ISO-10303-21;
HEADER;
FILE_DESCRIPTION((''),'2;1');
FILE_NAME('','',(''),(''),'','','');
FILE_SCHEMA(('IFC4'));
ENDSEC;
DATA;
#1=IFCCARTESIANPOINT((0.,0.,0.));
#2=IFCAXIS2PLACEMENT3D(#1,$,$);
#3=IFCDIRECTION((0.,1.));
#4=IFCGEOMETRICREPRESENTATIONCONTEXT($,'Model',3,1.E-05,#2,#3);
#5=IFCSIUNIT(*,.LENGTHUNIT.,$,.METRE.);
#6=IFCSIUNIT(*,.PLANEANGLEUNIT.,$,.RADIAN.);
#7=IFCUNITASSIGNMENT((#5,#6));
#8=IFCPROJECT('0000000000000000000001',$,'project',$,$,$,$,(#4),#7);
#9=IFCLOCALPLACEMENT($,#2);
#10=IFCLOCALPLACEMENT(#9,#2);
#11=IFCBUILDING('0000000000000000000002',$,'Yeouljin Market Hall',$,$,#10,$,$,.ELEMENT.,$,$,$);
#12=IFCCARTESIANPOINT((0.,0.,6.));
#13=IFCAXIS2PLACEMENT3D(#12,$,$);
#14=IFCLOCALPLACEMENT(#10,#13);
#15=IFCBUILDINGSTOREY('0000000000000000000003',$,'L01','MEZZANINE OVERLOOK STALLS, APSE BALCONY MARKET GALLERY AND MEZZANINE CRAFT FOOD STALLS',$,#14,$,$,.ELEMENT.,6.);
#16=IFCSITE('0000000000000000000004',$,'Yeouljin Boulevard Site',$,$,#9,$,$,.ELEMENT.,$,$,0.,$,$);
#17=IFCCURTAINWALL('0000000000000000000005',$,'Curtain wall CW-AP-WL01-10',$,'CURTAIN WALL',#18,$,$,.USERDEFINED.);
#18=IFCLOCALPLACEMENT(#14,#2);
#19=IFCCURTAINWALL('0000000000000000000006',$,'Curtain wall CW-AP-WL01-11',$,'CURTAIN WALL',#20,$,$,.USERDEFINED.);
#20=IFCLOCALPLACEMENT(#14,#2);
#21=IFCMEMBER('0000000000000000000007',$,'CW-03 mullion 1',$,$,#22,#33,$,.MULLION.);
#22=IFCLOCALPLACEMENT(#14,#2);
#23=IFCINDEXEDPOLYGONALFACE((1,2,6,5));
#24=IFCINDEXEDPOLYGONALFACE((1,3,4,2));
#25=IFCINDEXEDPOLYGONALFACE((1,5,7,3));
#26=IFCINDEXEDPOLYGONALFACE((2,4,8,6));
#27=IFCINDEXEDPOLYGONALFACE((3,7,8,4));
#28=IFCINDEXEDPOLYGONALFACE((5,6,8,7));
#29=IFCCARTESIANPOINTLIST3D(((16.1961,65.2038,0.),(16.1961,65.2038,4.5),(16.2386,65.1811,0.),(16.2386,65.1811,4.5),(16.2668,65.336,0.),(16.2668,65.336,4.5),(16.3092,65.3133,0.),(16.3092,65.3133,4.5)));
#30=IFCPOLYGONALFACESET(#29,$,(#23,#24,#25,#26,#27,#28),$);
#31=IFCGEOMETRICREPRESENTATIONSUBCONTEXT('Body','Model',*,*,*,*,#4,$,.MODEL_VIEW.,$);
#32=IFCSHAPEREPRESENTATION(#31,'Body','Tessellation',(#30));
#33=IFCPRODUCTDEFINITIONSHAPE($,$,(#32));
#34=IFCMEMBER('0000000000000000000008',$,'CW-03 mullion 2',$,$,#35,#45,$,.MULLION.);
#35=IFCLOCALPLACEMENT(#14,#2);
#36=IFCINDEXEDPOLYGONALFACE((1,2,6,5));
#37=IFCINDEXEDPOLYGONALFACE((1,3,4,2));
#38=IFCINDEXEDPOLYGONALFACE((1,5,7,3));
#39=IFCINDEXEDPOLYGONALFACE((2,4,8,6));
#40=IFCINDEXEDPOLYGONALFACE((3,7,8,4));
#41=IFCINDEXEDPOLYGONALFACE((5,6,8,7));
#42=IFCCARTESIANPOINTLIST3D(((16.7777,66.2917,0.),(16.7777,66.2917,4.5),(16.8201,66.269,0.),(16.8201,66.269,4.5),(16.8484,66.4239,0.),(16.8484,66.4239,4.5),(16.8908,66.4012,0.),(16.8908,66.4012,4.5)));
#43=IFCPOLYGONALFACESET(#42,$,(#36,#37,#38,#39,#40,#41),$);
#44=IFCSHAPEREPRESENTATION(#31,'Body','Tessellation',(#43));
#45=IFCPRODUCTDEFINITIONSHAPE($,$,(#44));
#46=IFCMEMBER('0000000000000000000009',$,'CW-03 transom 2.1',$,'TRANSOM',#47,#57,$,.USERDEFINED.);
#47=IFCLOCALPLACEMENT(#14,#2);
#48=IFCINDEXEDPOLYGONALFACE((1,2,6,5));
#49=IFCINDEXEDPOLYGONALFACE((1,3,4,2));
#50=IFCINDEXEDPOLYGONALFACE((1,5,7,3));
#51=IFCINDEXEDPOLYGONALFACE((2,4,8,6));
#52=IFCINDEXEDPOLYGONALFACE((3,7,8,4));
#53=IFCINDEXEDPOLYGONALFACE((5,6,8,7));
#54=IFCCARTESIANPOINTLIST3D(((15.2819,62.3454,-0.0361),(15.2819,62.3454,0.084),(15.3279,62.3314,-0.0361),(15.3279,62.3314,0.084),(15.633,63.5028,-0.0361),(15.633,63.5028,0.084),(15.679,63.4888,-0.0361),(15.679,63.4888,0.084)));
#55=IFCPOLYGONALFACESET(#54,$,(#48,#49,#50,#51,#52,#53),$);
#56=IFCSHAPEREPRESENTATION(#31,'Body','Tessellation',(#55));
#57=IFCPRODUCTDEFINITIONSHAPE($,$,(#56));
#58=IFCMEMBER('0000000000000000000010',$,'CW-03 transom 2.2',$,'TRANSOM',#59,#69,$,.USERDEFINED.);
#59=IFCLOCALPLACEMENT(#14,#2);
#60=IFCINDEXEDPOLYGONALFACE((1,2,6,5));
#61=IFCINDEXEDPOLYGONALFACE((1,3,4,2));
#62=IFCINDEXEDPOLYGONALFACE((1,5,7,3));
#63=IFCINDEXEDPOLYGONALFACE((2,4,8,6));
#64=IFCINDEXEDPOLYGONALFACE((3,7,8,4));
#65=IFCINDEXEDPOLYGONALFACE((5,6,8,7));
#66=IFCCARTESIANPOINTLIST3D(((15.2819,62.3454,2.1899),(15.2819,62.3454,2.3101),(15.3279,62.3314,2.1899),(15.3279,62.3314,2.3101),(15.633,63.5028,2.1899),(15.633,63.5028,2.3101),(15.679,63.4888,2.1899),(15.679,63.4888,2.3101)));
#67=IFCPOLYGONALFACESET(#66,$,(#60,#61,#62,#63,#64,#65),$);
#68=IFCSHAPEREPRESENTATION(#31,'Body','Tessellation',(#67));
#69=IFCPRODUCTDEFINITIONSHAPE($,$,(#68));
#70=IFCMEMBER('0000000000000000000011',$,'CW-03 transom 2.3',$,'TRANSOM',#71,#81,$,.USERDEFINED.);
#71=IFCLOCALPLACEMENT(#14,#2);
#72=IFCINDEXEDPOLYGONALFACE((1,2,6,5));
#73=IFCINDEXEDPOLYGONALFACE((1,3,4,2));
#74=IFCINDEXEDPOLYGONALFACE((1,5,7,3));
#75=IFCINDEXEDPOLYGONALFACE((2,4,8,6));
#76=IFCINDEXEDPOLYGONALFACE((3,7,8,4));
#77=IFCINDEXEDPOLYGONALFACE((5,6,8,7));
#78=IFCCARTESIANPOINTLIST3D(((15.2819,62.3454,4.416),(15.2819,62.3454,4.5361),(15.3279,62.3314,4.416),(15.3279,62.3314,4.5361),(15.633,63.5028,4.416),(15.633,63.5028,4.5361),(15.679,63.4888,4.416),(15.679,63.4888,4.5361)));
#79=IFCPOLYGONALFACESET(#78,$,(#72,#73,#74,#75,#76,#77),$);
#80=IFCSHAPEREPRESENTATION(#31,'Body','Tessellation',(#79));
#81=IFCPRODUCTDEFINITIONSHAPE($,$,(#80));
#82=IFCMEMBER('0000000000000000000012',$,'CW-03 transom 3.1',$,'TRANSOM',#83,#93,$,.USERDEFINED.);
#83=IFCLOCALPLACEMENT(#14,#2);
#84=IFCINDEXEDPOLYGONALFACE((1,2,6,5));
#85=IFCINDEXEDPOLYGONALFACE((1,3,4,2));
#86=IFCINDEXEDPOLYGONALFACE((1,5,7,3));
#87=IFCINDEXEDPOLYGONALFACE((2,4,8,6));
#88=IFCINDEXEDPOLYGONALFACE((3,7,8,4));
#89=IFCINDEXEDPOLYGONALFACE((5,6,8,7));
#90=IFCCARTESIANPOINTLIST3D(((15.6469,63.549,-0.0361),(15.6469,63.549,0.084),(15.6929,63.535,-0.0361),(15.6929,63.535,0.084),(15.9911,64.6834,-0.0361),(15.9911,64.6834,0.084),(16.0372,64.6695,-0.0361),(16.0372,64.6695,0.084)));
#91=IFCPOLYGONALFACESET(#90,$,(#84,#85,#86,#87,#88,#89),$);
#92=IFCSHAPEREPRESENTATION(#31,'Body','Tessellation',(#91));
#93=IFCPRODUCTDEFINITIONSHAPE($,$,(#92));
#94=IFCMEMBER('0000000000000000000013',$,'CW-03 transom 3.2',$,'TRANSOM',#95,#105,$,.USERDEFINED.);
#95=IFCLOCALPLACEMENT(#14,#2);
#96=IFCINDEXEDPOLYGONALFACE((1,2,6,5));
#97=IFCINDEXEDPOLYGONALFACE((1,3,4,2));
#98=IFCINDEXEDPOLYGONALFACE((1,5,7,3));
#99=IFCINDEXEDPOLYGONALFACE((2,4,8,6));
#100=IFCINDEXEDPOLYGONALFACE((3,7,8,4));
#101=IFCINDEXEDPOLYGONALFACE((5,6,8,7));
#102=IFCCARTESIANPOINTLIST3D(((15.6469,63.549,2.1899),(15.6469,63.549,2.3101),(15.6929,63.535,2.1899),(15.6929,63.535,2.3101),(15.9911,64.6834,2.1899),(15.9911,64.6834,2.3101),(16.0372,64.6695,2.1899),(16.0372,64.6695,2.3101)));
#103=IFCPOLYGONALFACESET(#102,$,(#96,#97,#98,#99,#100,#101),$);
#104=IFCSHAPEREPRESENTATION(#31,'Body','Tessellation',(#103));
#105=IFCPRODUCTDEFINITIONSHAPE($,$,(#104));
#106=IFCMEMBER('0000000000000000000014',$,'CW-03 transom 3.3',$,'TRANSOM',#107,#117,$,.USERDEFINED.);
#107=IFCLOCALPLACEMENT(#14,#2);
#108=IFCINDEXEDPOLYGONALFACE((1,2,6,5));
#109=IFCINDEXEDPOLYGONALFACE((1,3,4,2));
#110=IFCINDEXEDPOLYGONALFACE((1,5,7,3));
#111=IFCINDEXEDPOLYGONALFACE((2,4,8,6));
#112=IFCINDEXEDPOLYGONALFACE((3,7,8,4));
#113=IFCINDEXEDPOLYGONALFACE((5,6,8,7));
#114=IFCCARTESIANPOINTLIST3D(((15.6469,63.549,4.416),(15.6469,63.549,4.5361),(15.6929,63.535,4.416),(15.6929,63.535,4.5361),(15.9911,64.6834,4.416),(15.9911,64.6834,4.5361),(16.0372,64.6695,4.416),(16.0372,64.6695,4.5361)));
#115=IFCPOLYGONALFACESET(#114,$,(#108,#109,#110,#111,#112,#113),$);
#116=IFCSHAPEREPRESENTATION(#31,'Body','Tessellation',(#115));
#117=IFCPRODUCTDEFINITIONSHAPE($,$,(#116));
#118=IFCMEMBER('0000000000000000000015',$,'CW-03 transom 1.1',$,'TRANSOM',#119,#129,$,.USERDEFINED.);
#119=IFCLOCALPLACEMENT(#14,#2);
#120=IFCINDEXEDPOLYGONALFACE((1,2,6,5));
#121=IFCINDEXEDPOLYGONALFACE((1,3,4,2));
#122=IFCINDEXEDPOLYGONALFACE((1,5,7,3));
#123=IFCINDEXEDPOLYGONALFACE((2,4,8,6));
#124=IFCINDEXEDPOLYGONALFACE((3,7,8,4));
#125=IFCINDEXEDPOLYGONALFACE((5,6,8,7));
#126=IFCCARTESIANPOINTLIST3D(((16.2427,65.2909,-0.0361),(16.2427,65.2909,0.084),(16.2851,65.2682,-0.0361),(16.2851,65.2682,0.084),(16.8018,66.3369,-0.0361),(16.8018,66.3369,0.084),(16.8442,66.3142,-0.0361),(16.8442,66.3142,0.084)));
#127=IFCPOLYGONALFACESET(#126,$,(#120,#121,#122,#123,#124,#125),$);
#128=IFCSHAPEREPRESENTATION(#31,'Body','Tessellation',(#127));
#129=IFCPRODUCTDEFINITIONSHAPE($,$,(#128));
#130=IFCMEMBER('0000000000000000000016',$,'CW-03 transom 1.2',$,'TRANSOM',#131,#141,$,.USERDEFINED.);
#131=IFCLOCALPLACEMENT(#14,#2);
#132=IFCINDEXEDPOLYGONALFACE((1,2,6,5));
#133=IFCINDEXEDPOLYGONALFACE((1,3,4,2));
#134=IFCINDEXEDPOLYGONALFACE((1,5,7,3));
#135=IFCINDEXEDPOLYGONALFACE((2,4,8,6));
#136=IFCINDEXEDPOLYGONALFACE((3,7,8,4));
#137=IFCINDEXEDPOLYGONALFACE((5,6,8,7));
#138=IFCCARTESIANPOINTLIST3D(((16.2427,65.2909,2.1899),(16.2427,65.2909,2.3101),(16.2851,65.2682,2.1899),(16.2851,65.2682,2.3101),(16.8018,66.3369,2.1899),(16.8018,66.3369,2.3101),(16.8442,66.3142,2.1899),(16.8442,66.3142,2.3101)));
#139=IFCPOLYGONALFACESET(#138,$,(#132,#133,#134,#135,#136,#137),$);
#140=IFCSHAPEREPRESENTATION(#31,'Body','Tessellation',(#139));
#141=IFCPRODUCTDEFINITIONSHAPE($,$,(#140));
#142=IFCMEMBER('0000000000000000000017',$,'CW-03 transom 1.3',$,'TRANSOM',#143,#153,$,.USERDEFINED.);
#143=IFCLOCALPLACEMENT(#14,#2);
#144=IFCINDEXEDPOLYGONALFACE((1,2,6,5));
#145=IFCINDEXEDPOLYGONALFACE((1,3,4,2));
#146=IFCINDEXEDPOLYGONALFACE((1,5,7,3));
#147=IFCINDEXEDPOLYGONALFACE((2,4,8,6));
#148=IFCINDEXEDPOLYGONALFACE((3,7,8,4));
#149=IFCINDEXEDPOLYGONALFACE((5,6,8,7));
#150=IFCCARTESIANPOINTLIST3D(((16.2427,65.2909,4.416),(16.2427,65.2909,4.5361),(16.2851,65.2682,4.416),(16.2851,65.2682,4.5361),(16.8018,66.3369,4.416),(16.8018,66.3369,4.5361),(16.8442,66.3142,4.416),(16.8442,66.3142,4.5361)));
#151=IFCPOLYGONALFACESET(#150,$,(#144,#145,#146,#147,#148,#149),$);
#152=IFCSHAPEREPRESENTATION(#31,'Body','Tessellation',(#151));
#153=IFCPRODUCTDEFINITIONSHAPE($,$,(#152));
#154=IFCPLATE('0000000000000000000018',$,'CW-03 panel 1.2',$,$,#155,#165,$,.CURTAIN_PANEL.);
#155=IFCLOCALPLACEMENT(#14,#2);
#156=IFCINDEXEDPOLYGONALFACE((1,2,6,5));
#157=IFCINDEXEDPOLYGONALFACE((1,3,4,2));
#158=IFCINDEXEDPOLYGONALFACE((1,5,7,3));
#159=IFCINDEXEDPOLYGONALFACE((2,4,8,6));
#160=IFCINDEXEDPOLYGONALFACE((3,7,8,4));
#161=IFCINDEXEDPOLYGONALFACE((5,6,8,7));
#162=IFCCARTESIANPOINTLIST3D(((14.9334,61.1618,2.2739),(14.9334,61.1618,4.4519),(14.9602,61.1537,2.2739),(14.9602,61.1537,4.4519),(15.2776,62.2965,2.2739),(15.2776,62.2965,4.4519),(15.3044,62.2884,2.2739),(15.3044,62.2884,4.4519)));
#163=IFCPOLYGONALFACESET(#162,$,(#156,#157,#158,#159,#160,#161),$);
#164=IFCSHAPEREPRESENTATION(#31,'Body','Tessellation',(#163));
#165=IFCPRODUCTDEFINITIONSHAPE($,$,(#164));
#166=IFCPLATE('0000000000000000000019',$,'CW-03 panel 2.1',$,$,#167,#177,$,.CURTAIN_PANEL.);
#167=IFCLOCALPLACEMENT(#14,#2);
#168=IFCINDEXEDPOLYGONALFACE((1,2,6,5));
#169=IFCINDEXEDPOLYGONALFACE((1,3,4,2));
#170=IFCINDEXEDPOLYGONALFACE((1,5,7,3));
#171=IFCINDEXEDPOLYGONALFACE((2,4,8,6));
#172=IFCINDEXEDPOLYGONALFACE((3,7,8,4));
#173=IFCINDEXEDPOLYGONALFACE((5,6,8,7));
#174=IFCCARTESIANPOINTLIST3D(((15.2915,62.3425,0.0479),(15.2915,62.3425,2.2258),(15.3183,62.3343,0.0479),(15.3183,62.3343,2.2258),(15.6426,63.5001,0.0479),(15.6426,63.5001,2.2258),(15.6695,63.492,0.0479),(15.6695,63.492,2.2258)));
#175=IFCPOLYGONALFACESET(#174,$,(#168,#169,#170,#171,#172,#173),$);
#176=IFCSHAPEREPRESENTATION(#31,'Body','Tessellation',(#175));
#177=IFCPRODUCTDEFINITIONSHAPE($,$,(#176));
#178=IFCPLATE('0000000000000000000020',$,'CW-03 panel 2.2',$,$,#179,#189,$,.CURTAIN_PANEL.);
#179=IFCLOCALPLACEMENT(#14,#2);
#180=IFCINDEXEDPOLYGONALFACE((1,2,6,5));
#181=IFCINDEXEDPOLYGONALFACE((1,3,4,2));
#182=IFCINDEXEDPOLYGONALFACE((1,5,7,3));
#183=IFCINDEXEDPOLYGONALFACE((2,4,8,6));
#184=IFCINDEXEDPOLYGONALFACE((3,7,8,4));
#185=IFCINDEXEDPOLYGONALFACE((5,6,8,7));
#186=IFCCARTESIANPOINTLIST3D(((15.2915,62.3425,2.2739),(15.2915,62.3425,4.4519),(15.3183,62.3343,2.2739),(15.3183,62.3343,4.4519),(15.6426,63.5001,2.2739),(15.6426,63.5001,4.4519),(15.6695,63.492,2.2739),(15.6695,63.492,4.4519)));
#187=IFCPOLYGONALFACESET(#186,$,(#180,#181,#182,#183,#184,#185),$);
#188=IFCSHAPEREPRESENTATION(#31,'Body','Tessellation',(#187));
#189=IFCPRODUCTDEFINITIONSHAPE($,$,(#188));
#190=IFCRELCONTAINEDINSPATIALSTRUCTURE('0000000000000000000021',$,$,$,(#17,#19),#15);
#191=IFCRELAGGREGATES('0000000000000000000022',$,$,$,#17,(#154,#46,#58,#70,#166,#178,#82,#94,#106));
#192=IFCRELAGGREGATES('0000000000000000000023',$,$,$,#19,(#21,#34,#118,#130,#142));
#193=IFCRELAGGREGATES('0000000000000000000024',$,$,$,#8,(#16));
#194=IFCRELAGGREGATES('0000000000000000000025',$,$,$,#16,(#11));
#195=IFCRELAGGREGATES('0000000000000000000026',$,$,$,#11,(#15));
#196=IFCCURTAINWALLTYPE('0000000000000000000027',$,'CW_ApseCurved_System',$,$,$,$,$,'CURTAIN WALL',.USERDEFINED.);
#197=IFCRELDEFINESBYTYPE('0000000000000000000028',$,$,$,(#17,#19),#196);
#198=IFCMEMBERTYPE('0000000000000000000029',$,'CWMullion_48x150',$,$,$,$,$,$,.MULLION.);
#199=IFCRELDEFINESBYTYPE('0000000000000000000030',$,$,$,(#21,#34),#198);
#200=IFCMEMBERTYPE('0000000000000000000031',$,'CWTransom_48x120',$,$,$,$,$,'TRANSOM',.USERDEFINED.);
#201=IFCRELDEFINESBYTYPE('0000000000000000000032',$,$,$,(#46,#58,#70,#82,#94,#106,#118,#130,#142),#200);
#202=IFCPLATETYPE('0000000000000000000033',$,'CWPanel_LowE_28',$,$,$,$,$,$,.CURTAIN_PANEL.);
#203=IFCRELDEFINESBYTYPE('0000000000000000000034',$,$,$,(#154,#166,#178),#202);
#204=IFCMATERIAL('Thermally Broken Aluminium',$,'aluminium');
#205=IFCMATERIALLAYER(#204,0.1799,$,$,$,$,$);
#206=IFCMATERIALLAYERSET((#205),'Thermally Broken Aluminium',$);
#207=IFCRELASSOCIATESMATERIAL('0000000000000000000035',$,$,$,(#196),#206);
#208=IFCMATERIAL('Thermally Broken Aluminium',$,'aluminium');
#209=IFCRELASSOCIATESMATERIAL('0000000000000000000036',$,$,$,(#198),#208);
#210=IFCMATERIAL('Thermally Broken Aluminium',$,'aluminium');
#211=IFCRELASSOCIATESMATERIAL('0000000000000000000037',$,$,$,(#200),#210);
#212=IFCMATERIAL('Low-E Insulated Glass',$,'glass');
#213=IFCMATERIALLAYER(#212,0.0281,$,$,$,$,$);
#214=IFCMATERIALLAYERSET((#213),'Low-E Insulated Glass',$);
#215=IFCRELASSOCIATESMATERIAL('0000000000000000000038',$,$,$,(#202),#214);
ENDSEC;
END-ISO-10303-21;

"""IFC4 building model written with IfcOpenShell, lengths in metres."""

from ifc_helpers import new_model, si_unit, direction, frame, origin, origin_2d, place, context, subcontext, project, spatial, rectangle, extrude, material, layer, layer_set, material_profile, profile_set, type_object, element, aggregate, save


model = new_model("IFC4")

# Units and contexts
model_context = context("Model", 3, precision=1e-05, world=origin(), true_north=direction((0.0, 1.0)))
body_context = subcontext(model_context, "Body", "Model", "MODEL_VIEW")
ifc_project = project(units=[si_unit("LENGTHUNIT", "METRE"), si_unit("PLANEANGLEUNIT", "RADIAN")], contexts=[model_context])

# Site, building, storey
site_placement = place(None, origin())
site = spatial("IfcSite", under=ifc_project, at=site_placement, Name="Yeouljin Boulevard Site", CompositionType="ELEMENT", RefElevation=0.0)
building_placement = place(site_placement, origin())
building = spatial("IfcBuilding", under=site, at=building_placement, Name="Yeouljin Market Hall", CompositionType="ELEMENT")
storey_placement = place(building_placement, frame((0.0, 0.0, 6.0)))
storey = spatial("IfcBuildingStorey", under=building, at=storey_placement, Name="L01", Description="MEZZANINE OVERLOOK STALLS, APSE BALCONY MARKET GALLERY AND MEZZANINE CRAFT FOOD STALLS", CompositionType="ELEMENT", Elevation=6.0)

# Curtain walls, members
ifc_material_1 = material(Name="Thermally Broken Aluminium", Category="aluminium")
ifc_layer_1 = layer(ifc_material_1, 0.1799)
ifc_layer_set_1 = layer_set([ifc_layer_1], Name="Thermally Broken Aluminium")
curtain_wall_type = type_object("IfcCurtainWallType", Name="CW_ApseCurved_System", ElementType="CURTAIN WALL", PredefinedType="USERDEFINED", material=ifc_layer_set_1)
curtain_wall_1_placement = place(storey_placement, origin())
curtain_wall_1 = element("IfcCurtainWall", 1, at=curtain_wall_1_placement, inside=storey, type_object=curtain_wall_type, Name="Curtain wall CW-AP-WL01-10", ObjectType="CURTAIN WALL", PredefinedType="USERDEFINED")
ifc_material_2 = material(Name="Thermally Broken Aluminium", Category="aluminium")
ifc_material_profile_1 = material_profile(ifc_material_2, rectangle(XDim=0.0481, YDim=0.1499, at=origin_2d()), Name="CW-MULL-48x150")
ifc_profile_set_1 = profile_set([ifc_material_profile_1], Name="Thermally Broken Aluminium")
member_type_1 = type_object("IfcMemberType", Name="CWMullion_48x150", PredefinedType="MULLION", material=ifc_profile_set_1)
curtain_wall_2_placement = place(storey_placement, origin())
curtain_wall_2 = element("IfcCurtainWall", 2, at=curtain_wall_2_placement, inside=storey, type_object=curtain_wall_type, Name="Curtain wall CW-AP-WL01-11", ObjectType="CURTAIN WALL", PredefinedType="USERDEFINED")
member_1_placement = place(storey_placement, frame((16.2527, 65.2585, 0.0), z_axis=(0.0, 0.0, 1.0), x_axis=(-0.881931, 0.471378, 0.0)))
member_1 = element("IfcMember", 3, at=member_1_placement, type_object=member_type_1, Name="CW-03 mullion 1", PredefinedType="MULLION", context=body_context, shape_type="SweptSolid", body=[
    extrude(rectangle(XDim=0.0481, YDim=0.1499, at=origin_2d()), origin(), (0.0, 0.0, 1.0), 4.5),
])
member_2_placement = place(storey_placement, frame((16.8342, 66.3464, 0.0), z_axis=(0.0, 0.0, 1.0), x_axis=(-0.881931, 0.471378, 0.0)))
member_2 = element("IfcMember", 4, at=member_2_placement, type_object=member_type_1, Name="CW-03 mullion 2", PredefinedType="MULLION", context=body_context, shape_type="SweptSolid", body=[
    extrude(rectangle(XDim=0.0481, YDim=0.1499, at=origin_2d()), origin(), (0.0, 0.0, 1.0), 4.5),
])

# Members
ifc_material_3 = material(Name="Thermally Broken Aluminium", Category="aluminium")
ifc_material_profile_2 = material_profile(ifc_material_3, rectangle(XDim=0.0481, YDim=0.1201, at=origin_2d()), Name="CW-TRAN-48x120")
ifc_profile_set_2 = profile_set([ifc_material_profile_2], Name="Thermally Broken Aluminium")
member_type_2 = type_object("IfcMemberType", Name="CWTransom_48x120", ElementType="TRANSOM", PredefinedType="USERDEFINED", material=ifc_profile_set_2)
member_3_placement = place(storey_placement, frame((15.3049, 62.3384, 0.0239), z_axis=(0.290254, 0.95695, 0.0), x_axis=(-0.95695, 0.290254, 0.0)))
member_3 = element("IfcMember", 5, at=member_3_placement, type_object=member_type_2, Name="CW-03 transom 2.1", ObjectType="TRANSOM", PredefinedType="USERDEFINED", context=body_context, shape_type="SweptSolid", body=[
    extrude(rectangle(XDim=0.0481, YDim=0.1201, at=origin_2d()), origin(), (0.0, 0.0, 1.0), 1.2095),
])
member_4_placement = place(storey_placement, frame((15.3049, 62.3384, 2.25), z_axis=(0.290254, 0.95695, 0.0), x_axis=(-0.95695, 0.290254, 0.0)))
member_4 = element("IfcMember", 6, at=member_4_placement, type_object=member_type_2, Name="CW-03 transom 2.2", ObjectType="TRANSOM", PredefinedType="USERDEFINED", context=body_context, shape_type="SweptSolid", body=[
    extrude(rectangle(XDim=0.0481, YDim=0.1201, at=origin_2d()), origin(), (0.0, 0.0, 1.0), 1.2095),
])
member_5_placement = place(storey_placement, frame((15.3049, 62.3384, 4.4761), z_axis=(0.290254, 0.95695, 0.0), x_axis=(-0.95695, 0.290254, 0.0)))
member_5 = element("IfcMember", 7, at=member_5_placement, type_object=member_type_2, Name="CW-03 transom 2.3", ObjectType="TRANSOM", PredefinedType="USERDEFINED", context=body_context, shape_type="SweptSolid", body=[
    extrude(rectangle(XDim=0.0481, YDim=0.1201, at=origin_2d()), origin(), (0.0, 0.0, 1.0), 1.2095),
])
member_6_placement = place(storey_placement, frame((15.6699, 63.542, 0.0239), z_axis=(0.29035, 0.95692, 0.0), x_axis=(-0.95692, 0.29035, 0.0)))
member_6 = element("IfcMember", 8, at=member_6_placement, type_object=member_type_2, Name="CW-03 transom 3.1", ObjectType="TRANSOM", PredefinedType="USERDEFINED", context=body_context, shape_type="SweptSolid", body=[
    extrude(rectangle(XDim=0.0481, YDim=0.1201, at=origin_2d()), origin(), (0.0, 0.0, 1.0), 1.1855),
])
member_7_placement = place(storey_placement, frame((15.6699, 63.542, 2.25), z_axis=(0.29035, 0.95692, 0.0), x_axis=(-0.95692, 0.29035, 0.0)))
member_7 = element("IfcMember", 9, at=member_7_placement, type_object=member_type_2, Name="CW-03 transom 3.2", ObjectType="TRANSOM", PredefinedType="USERDEFINED", context=body_context, shape_type="SweptSolid", body=[
    extrude(rectangle(XDim=0.0481, YDim=0.1201, at=origin_2d()), origin(), (0.0, 0.0, 1.0), 1.1855),
])
member_8_placement = place(storey_placement, frame((15.6699, 63.542, 4.4761), z_axis=(0.29035, 0.95692, 0.0), x_axis=(-0.95692, 0.29035, 0.0)))
member_8 = element("IfcMember", 10, at=member_8_placement, type_object=member_type_2, Name="CW-03 transom 3.3", ObjectType="TRANSOM", PredefinedType="USERDEFINED", context=body_context, shape_type="SweptSolid", body=[
    extrude(rectangle(XDim=0.0481, YDim=0.1201, at=origin_2d()), origin(), (0.0, 0.0, 1.0), 1.1855),
])
member_9_placement = place(storey_placement, frame((16.2639, 65.2795, 0.0239), z_axis=(0.471421, 0.881908, 0.0), x_axis=(-0.881908, 0.471421, 0.0)))
member_9 = element("IfcMember", 11, at=member_9_placement, type_object=member_type_2, Name="CW-03 transom 1.1", ObjectType="TRANSOM", PredefinedType="USERDEFINED", context=body_context, shape_type="SweptSolid", body=[
    extrude(rectangle(XDim=0.0481, YDim=0.1201, at=origin_2d()), origin(), (0.0, 0.0, 1.0), 1.186),
])
member_10_placement = place(storey_placement, frame((16.2639, 65.2795, 2.25), z_axis=(0.471421, 0.881908, 0.0), x_axis=(-0.881908, 0.471421, 0.0)))
member_10 = element("IfcMember", 12, at=member_10_placement, type_object=member_type_2, Name="CW-03 transom 1.2", ObjectType="TRANSOM", PredefinedType="USERDEFINED", context=body_context, shape_type="SweptSolid", body=[
    extrude(rectangle(XDim=0.0481, YDim=0.1201, at=origin_2d()), origin(), (0.0, 0.0, 1.0), 1.186),
])
member_11_placement = place(storey_placement, frame((16.2639, 65.2795, 4.4761), z_axis=(0.471421, 0.881908, 0.0), x_axis=(-0.881908, 0.471421, 0.0)))
member_11 = element("IfcMember", 13, at=member_11_placement, type_object=member_type_2, Name="CW-03 transom 1.3", ObjectType="TRANSOM", PredefinedType="USERDEFINED", context=body_context, shape_type="SweptSolid", body=[
    extrude(rectangle(XDim=0.0481, YDim=0.1201, at=origin_2d()), origin(), (0.0, 0.0, 1.0), 1.186),
])

# Plates
ifc_material_4 = material(Name="Low-E Insulated Glass", Category="glass")
ifc_layer_2 = layer(ifc_material_4, 0.0281)
ifc_layer_set_2 = layer_set([ifc_layer_2], Name="Low-E Insulated Glass")
plate_type = type_object("IfcPlateType", Name="CWPanel_LowE_28", PredefinedType="CURTAIN_PANEL", material=ifc_layer_set_2)
plate_1_placement = place(storey_placement, frame((15.1189, 61.7251, 2.2739), z_axis=(0.0, 0.0, 1.0), x_axis=(0.290286, 0.95694, 0.0)))
plate_1 = element("IfcPlate", 14, at=plate_1_placement, type_object=plate_type, Name="CW-03 panel 1.2", PredefinedType="CURTAIN_PANEL", context=body_context, shape_type="SweptSolid", body=[
    extrude(rectangle(XDim=1.1858, YDim=0.0281, at=origin_2d()), origin(), (0.0, 0.0, 1.0), 2.178),
])
plate_2_placement = place(storey_placement, frame((15.4805, 62.9172, 0.0479), z_axis=(0.0, 0.0, 1.0), x_axis=(0.290286, 0.95694, 0.0)))
plate_2 = element("IfcPlate", 15, at=plate_2_placement, type_object=plate_type, Name="CW-03 panel 2.1", PredefinedType="CURTAIN_PANEL", context=body_context, shape_type="SweptSolid", body=[
    extrude(rectangle(XDim=1.2097, YDim=0.0281, at=origin_2d()), origin(), (0.0, 0.0, 1.0), 2.178),
])
plate_3_placement = place(storey_placement, frame((15.4805, 62.9172, 2.2739), z_axis=(0.0, 0.0, 1.0), x_axis=(0.290286, 0.95694, 0.0)))
plate_3 = element("IfcPlate", 16, at=plate_3_placement, type_object=plate_type, Name="CW-03 panel 2.2", PredefinedType="CURTAIN_PANEL", context=body_context, shape_type="SweptSolid", body=[
    extrude(rectangle(XDim=1.2097, YDim=0.0281, at=origin_2d()), origin(), (0.0, 0.0, 1.0), 2.178),
])
aggregate(curtain_wall_1, [plate_1, member_3, member_4, member_5, plate_2, plate_3, member_6, member_7, member_8])
aggregate(curtain_wall_2, [member_1, member_2, member_9, member_10, member_11])

save(model, "model.ifc")
